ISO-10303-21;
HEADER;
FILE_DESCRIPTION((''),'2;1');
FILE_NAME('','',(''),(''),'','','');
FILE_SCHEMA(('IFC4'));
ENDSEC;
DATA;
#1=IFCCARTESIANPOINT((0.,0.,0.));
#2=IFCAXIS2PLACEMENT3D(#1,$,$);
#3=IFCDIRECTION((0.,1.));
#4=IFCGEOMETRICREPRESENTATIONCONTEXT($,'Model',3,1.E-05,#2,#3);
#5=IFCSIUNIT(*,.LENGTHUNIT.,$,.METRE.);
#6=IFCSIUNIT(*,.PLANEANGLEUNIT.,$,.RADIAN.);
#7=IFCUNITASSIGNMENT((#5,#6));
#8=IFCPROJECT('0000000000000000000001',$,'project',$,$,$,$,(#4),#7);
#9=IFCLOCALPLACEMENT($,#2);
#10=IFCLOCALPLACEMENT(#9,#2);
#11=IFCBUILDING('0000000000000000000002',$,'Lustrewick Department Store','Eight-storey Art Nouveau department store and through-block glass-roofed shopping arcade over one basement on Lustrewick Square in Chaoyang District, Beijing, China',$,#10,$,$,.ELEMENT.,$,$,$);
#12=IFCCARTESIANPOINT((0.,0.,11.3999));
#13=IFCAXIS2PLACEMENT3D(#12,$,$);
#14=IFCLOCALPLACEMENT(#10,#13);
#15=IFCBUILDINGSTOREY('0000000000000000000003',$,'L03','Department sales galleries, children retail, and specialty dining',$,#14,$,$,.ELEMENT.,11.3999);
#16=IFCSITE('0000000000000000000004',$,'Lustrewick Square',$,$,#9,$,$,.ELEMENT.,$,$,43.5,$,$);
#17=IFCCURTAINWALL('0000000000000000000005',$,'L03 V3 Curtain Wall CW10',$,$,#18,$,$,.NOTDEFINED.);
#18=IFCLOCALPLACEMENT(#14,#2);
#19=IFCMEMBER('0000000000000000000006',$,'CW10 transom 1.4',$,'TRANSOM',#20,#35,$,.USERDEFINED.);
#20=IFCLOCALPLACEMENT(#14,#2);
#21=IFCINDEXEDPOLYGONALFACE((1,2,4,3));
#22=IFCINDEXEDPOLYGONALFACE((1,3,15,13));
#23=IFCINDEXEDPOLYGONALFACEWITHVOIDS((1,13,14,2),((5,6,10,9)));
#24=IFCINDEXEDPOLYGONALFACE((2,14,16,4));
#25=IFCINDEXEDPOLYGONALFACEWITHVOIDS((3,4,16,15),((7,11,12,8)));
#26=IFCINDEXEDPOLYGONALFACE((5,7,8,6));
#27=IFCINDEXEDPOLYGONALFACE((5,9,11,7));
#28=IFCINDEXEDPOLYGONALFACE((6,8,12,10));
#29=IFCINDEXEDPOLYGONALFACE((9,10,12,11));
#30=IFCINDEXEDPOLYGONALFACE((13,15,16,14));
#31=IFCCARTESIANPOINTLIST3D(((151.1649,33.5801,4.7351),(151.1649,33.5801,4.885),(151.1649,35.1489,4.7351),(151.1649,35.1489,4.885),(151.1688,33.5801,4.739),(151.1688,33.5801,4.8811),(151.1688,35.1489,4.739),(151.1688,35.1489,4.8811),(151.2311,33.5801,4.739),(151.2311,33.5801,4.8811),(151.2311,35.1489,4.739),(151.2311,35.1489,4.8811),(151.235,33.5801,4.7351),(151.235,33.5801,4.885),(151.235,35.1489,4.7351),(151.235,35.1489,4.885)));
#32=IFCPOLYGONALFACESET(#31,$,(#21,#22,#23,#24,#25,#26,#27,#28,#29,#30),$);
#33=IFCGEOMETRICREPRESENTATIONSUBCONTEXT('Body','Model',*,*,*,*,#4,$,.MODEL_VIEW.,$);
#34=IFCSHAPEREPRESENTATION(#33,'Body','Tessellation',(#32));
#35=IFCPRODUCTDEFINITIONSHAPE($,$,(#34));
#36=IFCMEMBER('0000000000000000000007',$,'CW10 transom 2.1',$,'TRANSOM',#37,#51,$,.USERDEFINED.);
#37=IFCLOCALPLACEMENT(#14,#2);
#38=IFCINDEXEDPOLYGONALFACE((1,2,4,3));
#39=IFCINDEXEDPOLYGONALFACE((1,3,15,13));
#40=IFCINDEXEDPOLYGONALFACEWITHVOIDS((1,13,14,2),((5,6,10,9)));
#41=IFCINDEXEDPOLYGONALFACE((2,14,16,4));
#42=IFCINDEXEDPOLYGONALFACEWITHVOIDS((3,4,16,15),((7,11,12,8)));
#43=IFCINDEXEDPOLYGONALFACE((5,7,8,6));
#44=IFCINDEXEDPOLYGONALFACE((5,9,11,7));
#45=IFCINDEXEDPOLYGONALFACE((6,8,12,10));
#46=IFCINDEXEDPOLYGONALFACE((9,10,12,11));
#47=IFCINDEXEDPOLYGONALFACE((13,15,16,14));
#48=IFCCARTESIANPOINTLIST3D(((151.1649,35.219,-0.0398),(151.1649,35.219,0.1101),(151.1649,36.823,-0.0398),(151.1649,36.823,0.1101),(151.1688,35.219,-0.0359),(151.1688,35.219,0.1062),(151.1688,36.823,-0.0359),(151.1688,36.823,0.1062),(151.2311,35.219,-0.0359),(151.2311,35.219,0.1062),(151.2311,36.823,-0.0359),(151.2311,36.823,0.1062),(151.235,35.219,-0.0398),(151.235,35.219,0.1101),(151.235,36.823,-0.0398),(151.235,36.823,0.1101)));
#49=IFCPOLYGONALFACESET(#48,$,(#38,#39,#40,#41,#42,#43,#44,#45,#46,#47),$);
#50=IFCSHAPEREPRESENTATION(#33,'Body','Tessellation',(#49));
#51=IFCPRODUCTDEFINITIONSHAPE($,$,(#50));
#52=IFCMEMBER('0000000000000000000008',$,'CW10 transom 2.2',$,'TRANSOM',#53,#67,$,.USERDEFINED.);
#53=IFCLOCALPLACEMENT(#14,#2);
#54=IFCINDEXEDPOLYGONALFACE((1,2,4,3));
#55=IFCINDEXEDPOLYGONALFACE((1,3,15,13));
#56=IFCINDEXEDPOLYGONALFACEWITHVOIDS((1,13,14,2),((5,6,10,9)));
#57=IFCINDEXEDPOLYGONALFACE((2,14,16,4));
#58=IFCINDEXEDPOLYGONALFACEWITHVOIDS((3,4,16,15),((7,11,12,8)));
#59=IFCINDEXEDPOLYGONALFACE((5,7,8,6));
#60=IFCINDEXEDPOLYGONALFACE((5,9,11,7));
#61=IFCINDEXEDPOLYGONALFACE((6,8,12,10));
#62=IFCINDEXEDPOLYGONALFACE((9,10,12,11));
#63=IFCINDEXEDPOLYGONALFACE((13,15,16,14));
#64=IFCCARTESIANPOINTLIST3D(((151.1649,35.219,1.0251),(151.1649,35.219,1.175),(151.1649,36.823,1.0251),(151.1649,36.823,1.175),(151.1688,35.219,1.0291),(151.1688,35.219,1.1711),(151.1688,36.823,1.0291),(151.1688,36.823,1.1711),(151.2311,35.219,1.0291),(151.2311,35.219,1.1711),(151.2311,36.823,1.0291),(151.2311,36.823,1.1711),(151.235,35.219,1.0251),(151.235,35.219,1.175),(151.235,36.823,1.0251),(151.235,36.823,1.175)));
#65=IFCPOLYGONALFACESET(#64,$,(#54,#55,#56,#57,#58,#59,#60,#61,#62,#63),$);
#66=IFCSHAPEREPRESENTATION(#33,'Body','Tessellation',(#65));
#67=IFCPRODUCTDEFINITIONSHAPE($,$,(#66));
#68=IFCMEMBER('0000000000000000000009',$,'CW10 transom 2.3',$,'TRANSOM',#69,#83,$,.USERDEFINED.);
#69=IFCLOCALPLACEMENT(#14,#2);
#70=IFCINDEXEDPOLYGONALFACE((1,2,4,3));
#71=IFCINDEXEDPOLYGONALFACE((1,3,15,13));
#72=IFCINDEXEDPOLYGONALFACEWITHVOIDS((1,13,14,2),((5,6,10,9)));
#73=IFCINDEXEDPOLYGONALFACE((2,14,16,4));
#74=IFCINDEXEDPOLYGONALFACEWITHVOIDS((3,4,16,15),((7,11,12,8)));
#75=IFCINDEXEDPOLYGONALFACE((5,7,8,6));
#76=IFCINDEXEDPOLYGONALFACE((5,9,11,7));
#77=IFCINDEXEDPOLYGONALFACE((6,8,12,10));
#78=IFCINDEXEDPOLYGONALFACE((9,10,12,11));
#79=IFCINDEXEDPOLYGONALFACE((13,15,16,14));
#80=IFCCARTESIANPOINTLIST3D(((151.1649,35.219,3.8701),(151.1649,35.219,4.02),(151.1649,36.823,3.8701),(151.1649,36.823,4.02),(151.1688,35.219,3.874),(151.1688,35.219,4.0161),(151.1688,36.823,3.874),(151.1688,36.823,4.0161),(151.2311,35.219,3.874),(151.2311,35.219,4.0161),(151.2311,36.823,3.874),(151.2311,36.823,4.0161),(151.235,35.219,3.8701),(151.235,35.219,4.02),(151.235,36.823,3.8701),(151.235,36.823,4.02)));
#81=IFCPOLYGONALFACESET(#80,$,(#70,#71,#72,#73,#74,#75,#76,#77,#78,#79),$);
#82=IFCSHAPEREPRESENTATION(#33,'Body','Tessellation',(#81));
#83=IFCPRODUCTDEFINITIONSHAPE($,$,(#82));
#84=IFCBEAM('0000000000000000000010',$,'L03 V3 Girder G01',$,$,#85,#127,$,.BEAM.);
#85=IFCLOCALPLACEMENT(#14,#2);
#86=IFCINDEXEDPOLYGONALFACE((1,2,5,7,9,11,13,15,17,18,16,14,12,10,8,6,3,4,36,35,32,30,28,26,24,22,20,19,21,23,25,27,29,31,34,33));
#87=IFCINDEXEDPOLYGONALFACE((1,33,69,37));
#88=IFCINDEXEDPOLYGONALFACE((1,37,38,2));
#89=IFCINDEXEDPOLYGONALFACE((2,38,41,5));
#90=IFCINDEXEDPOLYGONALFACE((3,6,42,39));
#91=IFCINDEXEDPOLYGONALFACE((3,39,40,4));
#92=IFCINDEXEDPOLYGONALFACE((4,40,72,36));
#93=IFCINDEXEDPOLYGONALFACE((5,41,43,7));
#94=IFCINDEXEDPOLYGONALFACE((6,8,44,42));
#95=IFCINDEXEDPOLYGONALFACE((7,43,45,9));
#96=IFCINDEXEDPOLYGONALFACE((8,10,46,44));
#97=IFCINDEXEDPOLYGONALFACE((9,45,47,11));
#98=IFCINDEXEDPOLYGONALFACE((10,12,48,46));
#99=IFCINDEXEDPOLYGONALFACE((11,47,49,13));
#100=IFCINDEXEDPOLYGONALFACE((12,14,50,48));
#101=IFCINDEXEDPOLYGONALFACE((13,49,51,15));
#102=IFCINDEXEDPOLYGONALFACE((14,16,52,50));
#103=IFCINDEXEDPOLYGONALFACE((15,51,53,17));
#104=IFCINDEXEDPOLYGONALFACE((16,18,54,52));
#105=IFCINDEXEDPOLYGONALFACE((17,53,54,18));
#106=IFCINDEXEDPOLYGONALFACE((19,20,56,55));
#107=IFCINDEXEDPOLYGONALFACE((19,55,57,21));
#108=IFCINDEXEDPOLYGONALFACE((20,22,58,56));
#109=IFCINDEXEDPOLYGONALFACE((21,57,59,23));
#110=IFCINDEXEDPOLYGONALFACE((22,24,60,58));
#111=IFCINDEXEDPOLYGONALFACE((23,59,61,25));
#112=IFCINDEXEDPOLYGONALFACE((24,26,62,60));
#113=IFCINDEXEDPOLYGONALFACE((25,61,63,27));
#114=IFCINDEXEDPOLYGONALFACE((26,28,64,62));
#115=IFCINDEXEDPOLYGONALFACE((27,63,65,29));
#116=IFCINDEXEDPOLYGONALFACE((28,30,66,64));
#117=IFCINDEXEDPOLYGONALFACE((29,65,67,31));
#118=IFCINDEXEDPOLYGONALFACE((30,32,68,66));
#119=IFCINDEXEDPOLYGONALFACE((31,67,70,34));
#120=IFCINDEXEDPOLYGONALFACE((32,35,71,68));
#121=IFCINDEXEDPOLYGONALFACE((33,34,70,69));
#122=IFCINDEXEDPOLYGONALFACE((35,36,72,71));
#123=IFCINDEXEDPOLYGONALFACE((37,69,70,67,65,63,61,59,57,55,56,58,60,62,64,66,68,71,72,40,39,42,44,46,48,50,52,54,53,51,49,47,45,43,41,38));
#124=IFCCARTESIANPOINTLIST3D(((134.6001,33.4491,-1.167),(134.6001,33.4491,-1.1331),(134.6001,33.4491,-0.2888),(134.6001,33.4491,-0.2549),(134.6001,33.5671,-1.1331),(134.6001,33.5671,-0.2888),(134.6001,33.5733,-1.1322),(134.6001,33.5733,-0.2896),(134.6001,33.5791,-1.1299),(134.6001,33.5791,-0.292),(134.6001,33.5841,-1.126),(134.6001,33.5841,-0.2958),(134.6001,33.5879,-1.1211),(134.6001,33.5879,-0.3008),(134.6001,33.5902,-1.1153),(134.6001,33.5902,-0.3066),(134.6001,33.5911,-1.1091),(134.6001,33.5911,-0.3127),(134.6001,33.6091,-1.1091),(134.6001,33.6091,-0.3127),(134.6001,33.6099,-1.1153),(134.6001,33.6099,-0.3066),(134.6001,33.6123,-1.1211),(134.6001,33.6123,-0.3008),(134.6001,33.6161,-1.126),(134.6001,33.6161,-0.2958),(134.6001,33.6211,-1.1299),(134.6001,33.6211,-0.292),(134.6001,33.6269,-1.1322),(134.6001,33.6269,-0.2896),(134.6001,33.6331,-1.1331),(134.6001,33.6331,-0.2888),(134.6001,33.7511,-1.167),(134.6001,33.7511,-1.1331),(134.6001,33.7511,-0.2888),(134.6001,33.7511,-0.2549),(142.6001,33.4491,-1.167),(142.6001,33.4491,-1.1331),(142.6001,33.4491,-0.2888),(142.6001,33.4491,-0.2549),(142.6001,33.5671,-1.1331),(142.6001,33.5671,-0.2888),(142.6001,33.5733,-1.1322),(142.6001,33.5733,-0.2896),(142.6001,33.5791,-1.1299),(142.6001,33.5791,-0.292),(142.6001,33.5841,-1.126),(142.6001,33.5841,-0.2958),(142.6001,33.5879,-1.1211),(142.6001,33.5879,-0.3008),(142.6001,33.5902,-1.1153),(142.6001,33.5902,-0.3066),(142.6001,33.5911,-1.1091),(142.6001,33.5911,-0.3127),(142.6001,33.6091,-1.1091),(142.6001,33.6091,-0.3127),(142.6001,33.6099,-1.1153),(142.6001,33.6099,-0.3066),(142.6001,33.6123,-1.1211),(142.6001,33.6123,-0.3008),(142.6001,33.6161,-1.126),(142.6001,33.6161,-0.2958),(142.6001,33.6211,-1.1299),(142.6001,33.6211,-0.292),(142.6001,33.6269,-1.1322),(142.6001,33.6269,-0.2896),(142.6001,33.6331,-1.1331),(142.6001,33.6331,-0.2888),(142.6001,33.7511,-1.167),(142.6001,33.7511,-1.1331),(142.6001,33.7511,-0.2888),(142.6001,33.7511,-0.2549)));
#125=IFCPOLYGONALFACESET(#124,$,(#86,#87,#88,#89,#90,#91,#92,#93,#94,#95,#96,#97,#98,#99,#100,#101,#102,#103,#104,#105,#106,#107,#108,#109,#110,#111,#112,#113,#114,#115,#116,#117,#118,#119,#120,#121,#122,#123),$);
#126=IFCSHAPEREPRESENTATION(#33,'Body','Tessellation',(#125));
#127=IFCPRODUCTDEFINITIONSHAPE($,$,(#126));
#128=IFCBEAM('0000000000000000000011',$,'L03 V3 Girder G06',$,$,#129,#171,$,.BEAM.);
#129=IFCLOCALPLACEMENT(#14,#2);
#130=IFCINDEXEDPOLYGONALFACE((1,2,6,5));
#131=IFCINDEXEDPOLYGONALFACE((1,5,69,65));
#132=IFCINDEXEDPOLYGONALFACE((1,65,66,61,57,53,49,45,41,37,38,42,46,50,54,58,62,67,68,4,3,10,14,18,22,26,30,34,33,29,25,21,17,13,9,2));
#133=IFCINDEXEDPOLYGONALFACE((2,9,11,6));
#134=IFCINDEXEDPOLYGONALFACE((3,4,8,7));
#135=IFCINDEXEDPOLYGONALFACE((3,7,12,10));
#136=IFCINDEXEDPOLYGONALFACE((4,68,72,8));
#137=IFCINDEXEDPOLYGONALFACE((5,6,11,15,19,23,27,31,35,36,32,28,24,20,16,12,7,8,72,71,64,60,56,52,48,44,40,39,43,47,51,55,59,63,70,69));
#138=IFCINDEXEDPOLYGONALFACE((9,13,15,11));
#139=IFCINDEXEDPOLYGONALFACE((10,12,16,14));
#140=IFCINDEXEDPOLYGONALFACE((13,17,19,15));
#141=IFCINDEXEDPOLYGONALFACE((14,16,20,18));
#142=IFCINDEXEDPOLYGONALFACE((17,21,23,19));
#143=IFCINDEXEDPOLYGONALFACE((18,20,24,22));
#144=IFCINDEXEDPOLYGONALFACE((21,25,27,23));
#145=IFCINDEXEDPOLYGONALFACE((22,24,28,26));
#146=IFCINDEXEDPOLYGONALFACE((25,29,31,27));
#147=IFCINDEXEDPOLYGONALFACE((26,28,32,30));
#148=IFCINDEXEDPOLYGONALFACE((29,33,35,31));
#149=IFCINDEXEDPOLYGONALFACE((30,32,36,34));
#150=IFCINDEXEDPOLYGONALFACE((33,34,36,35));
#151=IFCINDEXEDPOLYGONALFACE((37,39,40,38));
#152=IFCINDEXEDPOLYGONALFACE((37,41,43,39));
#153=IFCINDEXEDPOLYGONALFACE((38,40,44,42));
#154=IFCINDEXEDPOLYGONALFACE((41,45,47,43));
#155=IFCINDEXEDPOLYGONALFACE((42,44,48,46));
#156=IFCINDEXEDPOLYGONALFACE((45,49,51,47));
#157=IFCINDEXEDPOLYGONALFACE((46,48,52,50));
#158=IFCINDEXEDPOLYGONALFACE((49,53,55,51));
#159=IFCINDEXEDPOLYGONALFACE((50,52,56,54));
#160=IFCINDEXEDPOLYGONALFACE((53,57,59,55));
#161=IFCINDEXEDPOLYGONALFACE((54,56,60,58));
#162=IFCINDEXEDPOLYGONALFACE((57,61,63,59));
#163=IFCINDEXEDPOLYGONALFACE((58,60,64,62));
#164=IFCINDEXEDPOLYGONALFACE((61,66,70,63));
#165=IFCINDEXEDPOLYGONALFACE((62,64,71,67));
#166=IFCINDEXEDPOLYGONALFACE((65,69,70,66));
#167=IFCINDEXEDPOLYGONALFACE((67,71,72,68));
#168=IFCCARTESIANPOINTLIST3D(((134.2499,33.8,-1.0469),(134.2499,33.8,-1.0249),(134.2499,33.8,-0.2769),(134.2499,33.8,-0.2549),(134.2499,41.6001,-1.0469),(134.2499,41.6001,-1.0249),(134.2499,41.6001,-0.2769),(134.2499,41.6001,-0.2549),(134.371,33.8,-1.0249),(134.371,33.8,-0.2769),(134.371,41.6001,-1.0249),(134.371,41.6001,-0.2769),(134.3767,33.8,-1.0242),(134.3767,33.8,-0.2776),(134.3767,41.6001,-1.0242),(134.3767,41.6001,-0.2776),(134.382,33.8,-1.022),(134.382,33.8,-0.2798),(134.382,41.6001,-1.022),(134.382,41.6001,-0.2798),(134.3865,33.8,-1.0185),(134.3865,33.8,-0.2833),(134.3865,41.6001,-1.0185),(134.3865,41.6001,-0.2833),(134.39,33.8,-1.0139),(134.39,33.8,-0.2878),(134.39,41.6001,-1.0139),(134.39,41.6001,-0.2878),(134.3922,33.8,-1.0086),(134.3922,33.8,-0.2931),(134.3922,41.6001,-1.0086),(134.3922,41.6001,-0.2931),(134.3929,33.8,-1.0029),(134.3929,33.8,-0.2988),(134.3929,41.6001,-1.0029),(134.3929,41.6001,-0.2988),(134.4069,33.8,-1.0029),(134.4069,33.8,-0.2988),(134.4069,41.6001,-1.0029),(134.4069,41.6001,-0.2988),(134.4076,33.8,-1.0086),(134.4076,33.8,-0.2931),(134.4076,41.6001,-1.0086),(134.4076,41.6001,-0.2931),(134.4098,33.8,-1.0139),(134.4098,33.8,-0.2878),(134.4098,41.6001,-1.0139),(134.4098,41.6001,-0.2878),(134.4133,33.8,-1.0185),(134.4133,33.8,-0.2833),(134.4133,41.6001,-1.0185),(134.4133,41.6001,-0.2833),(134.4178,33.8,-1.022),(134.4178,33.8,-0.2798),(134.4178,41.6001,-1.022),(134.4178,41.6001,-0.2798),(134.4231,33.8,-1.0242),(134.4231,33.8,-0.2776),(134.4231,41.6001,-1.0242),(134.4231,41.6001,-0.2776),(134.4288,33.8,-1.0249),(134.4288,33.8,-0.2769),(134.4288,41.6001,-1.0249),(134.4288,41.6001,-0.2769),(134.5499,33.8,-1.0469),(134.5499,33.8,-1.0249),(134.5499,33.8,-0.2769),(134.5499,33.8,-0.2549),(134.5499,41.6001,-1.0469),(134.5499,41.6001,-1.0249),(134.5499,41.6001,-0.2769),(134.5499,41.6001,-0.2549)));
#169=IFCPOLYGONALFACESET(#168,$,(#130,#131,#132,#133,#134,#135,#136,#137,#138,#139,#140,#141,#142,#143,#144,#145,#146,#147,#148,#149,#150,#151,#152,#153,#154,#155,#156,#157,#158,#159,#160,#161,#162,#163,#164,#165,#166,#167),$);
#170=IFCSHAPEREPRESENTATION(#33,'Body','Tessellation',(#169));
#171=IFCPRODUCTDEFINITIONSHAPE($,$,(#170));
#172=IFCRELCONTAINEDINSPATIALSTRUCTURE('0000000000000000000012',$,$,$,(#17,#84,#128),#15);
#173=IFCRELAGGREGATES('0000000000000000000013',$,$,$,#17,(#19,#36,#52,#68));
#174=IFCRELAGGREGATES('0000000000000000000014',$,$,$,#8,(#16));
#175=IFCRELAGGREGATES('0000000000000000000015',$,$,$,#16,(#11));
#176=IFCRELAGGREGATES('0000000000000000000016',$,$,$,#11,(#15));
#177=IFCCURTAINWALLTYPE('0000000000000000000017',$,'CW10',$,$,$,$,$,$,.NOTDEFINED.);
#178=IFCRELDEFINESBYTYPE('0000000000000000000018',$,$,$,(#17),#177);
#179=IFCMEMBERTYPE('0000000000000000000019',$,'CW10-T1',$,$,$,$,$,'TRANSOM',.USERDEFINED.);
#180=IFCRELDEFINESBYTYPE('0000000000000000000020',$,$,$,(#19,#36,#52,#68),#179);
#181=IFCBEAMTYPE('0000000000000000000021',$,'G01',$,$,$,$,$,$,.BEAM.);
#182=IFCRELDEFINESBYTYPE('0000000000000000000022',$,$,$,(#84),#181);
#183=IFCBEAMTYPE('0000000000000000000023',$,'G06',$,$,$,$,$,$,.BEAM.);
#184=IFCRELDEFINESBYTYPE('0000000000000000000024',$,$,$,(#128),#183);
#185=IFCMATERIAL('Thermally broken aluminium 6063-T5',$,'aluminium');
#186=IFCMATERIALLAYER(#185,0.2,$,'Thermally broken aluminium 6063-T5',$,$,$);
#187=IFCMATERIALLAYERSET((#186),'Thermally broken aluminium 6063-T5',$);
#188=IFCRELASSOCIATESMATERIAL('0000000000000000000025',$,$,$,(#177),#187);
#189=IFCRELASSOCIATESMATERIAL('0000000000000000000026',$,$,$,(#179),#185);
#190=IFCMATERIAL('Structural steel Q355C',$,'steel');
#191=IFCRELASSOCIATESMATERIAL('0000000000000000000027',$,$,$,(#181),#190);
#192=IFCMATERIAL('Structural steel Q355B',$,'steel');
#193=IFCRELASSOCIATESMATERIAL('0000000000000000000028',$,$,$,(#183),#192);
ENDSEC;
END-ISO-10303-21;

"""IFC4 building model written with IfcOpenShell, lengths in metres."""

from ifc_helpers import new_model, si_unit, direction, frame, origin, origin_2d, place, context, subcontext, project, spatial, hollow_rectangle, i_section, extrude, material, layer, layer_set, material_profile, profile_set, type_object, element, aggregate, save


model = new_model("IFC4")

# Units and contexts
model_context = context("Model", 3, precision=1e-05, world=origin(), true_north=direction((0.0, 1.0)))
body_context = subcontext(model_context, "Body", "Model", "MODEL_VIEW")
ifc_project = project(units=[si_unit("LENGTHUNIT", "METRE"), si_unit("PLANEANGLEUNIT", "RADIAN")], contexts=[model_context])

# Site, building, storey
site_placement = place(None, origin())
site = spatial("IfcSite", under=ifc_project, at=site_placement, Name="Lustrewick Square", CompositionType="ELEMENT", RefElevation=43.5)
building_placement = place(site_placement, origin())
building = spatial("IfcBuilding", under=site, at=building_placement, Name="Lustrewick Department Store", Description="Eight-storey Art Nouveau department store and through-block glass-roofed shopping arcade over one basement on Lustrewick Square in Chaoyang District, Beijing, China", CompositionType="ELEMENT")
storey_placement = place(building_placement, frame((0.0, 0.0, 11.3999)))
storey = spatial("IfcBuildingStorey", under=building, at=storey_placement, Name="L03", Description="Department sales galleries, children retail, and specialty dining", CompositionType="ELEMENT", Elevation=11.3999)

# Shared definitions
ifc_material_1 = material(Name="Structural steel Q355C", Category="steel")
ifc_material_2 = material(Name="Structural steel Q355B", Category="steel")

# Curtain wall, members
ifc_material_3 = material(Name="Thermally broken aluminium 6063-T5", Category="aluminium")
ifc_layer_1 = layer(ifc_material_3, 0.2, Name="Thermally broken aluminium 6063-T5")
ifc_layer_set_1 = layer_set([ifc_layer_1], Name="Thermally broken aluminium 6063-T5")
curtain_wall_type = type_object("IfcCurtainWallType", Name="CW10", PredefinedType="NOTDEFINED", material=ifc_layer_set_1)
curtain_wall_placement = place(storey_placement, origin())
curtain_wall = element("IfcCurtainWall", 1, at=curtain_wall_placement, inside=storey, type_object=curtain_wall_type, Name="L03 V3 Curtain Wall CW10", PredefinedType="NOTDEFINED")
ifc_material_profile_1 = material_profile(ifc_material_3, hollow_rectangle(XDim=0.0701, YDim=0.1499, WallThickness=0.0039, at=origin_2d()), Name="ALU-T 70x150x4")
ifc_profile_set_1 = profile_set([ifc_material_profile_1], Name="Thermally broken aluminium 6063-T5")
member_type_1 = type_object("IfcMemberType", Name="CW10-T1", ElementType="TRANSOM", PredefinedType="USERDEFINED", material=ifc_profile_set_1)
member_1_placement = place(storey_placement, frame((151.2, 33.5801, 4.8101), z_axis=(0.0, 1.0, 0.0), x_axis=(-1.0, 0.0, 0.0)))
member_1 = element("IfcMember", 2, at=member_1_placement, type_object=member_type_1, Name="CW10 transom 1.4", ObjectType="TRANSOM", PredefinedType="USERDEFINED", context=body_context, shape_type="SweptSolid", body=[
    extrude(hollow_rectangle(XDim=0.0701, YDim=0.1499, WallThickness=0.0039, at=origin_2d()), origin(), (0.0, 0.0, 1.0), 1.5688),
])
member_2_placement = place(storey_placement, frame((151.2, 35.219, 0.0352), z_axis=(0.0, 1.0, 0.0), x_axis=(-1.0, 0.0, 0.0)))
member_2 = element("IfcMember", 3, at=member_2_placement, type_object=member_type_1, Name="CW10 transom 2.1", ObjectType="TRANSOM", PredefinedType="USERDEFINED", context=body_context, shape_type="SweptSolid", body=[
    extrude(hollow_rectangle(XDim=0.0701, YDim=0.1499, WallThickness=0.0039, at=origin_2d()), origin(), (0.0, 0.0, 1.0), 1.604),
])
member_3_placement = place(storey_placement, frame((151.2, 35.219, 1.1001), z_axis=(0.0, 1.0, 0.0), x_axis=(-1.0, 0.0, 0.0)))
member_3 = element("IfcMember", 4, at=member_3_placement, type_object=member_type_1, Name="CW10 transom 2.2", ObjectType="TRANSOM", PredefinedType="USERDEFINED", context=body_context, shape_type="SweptSolid", body=[
    extrude(hollow_rectangle(XDim=0.0701, YDim=0.1499, WallThickness=0.0039, at=origin_2d()), origin(), (0.0, 0.0, 1.0), 1.604),
])
member_4_placement = place(storey_placement, frame((151.2, 35.219, 3.9451), z_axis=(0.0, 1.0, 0.0), x_axis=(-1.0, 0.0, 0.0)))
member_4 = element("IfcMember", 5, at=member_4_placement, type_object=member_type_1, Name="CW10 transom 2.3", ObjectType="TRANSOM", PredefinedType="USERDEFINED", context=body_context, shape_type="SweptSolid", body=[
    extrude(hollow_rectangle(XDim=0.0701, YDim=0.1499, WallThickness=0.0039, at=origin_2d()), origin(), (0.0, 0.0, 1.0), 1.604),
])

# Beams
ifc_material_profile_2 = material_profile(ifc_material_1, i_section(OverallWidth=0.302, OverallDepth=0.9121, WebThickness=0.0181, FlangeThickness=0.0339, FilletRadius=0.0239, at=origin_2d()), Name="HN 912x302x18x34")
ifc_profile_set_2 = profile_set([ifc_material_profile_2], Name="Structural steel Q355C")
beam_type_1 = type_object("IfcBeamType", Name="G01", PredefinedType="BEAM", material=ifc_profile_set_2)
beam_1_placement = place(storey_placement, frame((134.6001, 33.6001, -0.7109), z_axis=(1.0, 0.0, 0.0), x_axis=(0.0, 1.0, 0.0)))
element("IfcBeam", 6, at=beam_1_placement, inside=storey, type_object=beam_type_1, Name="L03 V3 Girder G01", PredefinedType="BEAM", context=body_context, shape_type="SweptSolid", body=[
    extrude(i_section(OverallWidth=0.302, OverallDepth=0.9121, WebThickness=0.0181, FlangeThickness=0.0339, FilletRadius=0.0239, at=origin_2d()), origin(), (0.0, 0.0, 1.0), 8.0),
])
ifc_material_profile_3 = material_profile(ifc_material_2, i_section(OverallWidth=0.3, OverallDepth=0.792, WebThickness=0.0139, FlangeThickness=0.022, FilletRadius=0.022, at=origin_2d()), Name="HN 792x300x14x22")
ifc_profile_set_3 = profile_set([ifc_material_profile_3], Name="Structural steel Q355B")
beam_type_2 = type_object("IfcBeamType", Name="G06", PredefinedType="BEAM", material=ifc_profile_set_3)
beam_2_placement = place(storey_placement, frame((134.3999, 33.8, -0.6509), z_axis=(0.0, 1.0, 0.0), x_axis=(-1.0, 0.0, 0.0)))
element("IfcBeam", 7, at=beam_2_placement, inside=storey, type_object=beam_type_2, Name="L03 V3 Girder G06", PredefinedType="BEAM", context=body_context, shape_type="SweptSolid", body=[
    extrude(i_section(OverallWidth=0.3, OverallDepth=0.792, WebThickness=0.0139, FlangeThickness=0.022, FilletRadius=0.022, at=origin_2d()), origin(), (0.0, 0.0, 1.0), 7.8),
])

aggregate(curtain_wall, [member_1, member_2, member_3, member_4])

save(model, "model.ifc")
